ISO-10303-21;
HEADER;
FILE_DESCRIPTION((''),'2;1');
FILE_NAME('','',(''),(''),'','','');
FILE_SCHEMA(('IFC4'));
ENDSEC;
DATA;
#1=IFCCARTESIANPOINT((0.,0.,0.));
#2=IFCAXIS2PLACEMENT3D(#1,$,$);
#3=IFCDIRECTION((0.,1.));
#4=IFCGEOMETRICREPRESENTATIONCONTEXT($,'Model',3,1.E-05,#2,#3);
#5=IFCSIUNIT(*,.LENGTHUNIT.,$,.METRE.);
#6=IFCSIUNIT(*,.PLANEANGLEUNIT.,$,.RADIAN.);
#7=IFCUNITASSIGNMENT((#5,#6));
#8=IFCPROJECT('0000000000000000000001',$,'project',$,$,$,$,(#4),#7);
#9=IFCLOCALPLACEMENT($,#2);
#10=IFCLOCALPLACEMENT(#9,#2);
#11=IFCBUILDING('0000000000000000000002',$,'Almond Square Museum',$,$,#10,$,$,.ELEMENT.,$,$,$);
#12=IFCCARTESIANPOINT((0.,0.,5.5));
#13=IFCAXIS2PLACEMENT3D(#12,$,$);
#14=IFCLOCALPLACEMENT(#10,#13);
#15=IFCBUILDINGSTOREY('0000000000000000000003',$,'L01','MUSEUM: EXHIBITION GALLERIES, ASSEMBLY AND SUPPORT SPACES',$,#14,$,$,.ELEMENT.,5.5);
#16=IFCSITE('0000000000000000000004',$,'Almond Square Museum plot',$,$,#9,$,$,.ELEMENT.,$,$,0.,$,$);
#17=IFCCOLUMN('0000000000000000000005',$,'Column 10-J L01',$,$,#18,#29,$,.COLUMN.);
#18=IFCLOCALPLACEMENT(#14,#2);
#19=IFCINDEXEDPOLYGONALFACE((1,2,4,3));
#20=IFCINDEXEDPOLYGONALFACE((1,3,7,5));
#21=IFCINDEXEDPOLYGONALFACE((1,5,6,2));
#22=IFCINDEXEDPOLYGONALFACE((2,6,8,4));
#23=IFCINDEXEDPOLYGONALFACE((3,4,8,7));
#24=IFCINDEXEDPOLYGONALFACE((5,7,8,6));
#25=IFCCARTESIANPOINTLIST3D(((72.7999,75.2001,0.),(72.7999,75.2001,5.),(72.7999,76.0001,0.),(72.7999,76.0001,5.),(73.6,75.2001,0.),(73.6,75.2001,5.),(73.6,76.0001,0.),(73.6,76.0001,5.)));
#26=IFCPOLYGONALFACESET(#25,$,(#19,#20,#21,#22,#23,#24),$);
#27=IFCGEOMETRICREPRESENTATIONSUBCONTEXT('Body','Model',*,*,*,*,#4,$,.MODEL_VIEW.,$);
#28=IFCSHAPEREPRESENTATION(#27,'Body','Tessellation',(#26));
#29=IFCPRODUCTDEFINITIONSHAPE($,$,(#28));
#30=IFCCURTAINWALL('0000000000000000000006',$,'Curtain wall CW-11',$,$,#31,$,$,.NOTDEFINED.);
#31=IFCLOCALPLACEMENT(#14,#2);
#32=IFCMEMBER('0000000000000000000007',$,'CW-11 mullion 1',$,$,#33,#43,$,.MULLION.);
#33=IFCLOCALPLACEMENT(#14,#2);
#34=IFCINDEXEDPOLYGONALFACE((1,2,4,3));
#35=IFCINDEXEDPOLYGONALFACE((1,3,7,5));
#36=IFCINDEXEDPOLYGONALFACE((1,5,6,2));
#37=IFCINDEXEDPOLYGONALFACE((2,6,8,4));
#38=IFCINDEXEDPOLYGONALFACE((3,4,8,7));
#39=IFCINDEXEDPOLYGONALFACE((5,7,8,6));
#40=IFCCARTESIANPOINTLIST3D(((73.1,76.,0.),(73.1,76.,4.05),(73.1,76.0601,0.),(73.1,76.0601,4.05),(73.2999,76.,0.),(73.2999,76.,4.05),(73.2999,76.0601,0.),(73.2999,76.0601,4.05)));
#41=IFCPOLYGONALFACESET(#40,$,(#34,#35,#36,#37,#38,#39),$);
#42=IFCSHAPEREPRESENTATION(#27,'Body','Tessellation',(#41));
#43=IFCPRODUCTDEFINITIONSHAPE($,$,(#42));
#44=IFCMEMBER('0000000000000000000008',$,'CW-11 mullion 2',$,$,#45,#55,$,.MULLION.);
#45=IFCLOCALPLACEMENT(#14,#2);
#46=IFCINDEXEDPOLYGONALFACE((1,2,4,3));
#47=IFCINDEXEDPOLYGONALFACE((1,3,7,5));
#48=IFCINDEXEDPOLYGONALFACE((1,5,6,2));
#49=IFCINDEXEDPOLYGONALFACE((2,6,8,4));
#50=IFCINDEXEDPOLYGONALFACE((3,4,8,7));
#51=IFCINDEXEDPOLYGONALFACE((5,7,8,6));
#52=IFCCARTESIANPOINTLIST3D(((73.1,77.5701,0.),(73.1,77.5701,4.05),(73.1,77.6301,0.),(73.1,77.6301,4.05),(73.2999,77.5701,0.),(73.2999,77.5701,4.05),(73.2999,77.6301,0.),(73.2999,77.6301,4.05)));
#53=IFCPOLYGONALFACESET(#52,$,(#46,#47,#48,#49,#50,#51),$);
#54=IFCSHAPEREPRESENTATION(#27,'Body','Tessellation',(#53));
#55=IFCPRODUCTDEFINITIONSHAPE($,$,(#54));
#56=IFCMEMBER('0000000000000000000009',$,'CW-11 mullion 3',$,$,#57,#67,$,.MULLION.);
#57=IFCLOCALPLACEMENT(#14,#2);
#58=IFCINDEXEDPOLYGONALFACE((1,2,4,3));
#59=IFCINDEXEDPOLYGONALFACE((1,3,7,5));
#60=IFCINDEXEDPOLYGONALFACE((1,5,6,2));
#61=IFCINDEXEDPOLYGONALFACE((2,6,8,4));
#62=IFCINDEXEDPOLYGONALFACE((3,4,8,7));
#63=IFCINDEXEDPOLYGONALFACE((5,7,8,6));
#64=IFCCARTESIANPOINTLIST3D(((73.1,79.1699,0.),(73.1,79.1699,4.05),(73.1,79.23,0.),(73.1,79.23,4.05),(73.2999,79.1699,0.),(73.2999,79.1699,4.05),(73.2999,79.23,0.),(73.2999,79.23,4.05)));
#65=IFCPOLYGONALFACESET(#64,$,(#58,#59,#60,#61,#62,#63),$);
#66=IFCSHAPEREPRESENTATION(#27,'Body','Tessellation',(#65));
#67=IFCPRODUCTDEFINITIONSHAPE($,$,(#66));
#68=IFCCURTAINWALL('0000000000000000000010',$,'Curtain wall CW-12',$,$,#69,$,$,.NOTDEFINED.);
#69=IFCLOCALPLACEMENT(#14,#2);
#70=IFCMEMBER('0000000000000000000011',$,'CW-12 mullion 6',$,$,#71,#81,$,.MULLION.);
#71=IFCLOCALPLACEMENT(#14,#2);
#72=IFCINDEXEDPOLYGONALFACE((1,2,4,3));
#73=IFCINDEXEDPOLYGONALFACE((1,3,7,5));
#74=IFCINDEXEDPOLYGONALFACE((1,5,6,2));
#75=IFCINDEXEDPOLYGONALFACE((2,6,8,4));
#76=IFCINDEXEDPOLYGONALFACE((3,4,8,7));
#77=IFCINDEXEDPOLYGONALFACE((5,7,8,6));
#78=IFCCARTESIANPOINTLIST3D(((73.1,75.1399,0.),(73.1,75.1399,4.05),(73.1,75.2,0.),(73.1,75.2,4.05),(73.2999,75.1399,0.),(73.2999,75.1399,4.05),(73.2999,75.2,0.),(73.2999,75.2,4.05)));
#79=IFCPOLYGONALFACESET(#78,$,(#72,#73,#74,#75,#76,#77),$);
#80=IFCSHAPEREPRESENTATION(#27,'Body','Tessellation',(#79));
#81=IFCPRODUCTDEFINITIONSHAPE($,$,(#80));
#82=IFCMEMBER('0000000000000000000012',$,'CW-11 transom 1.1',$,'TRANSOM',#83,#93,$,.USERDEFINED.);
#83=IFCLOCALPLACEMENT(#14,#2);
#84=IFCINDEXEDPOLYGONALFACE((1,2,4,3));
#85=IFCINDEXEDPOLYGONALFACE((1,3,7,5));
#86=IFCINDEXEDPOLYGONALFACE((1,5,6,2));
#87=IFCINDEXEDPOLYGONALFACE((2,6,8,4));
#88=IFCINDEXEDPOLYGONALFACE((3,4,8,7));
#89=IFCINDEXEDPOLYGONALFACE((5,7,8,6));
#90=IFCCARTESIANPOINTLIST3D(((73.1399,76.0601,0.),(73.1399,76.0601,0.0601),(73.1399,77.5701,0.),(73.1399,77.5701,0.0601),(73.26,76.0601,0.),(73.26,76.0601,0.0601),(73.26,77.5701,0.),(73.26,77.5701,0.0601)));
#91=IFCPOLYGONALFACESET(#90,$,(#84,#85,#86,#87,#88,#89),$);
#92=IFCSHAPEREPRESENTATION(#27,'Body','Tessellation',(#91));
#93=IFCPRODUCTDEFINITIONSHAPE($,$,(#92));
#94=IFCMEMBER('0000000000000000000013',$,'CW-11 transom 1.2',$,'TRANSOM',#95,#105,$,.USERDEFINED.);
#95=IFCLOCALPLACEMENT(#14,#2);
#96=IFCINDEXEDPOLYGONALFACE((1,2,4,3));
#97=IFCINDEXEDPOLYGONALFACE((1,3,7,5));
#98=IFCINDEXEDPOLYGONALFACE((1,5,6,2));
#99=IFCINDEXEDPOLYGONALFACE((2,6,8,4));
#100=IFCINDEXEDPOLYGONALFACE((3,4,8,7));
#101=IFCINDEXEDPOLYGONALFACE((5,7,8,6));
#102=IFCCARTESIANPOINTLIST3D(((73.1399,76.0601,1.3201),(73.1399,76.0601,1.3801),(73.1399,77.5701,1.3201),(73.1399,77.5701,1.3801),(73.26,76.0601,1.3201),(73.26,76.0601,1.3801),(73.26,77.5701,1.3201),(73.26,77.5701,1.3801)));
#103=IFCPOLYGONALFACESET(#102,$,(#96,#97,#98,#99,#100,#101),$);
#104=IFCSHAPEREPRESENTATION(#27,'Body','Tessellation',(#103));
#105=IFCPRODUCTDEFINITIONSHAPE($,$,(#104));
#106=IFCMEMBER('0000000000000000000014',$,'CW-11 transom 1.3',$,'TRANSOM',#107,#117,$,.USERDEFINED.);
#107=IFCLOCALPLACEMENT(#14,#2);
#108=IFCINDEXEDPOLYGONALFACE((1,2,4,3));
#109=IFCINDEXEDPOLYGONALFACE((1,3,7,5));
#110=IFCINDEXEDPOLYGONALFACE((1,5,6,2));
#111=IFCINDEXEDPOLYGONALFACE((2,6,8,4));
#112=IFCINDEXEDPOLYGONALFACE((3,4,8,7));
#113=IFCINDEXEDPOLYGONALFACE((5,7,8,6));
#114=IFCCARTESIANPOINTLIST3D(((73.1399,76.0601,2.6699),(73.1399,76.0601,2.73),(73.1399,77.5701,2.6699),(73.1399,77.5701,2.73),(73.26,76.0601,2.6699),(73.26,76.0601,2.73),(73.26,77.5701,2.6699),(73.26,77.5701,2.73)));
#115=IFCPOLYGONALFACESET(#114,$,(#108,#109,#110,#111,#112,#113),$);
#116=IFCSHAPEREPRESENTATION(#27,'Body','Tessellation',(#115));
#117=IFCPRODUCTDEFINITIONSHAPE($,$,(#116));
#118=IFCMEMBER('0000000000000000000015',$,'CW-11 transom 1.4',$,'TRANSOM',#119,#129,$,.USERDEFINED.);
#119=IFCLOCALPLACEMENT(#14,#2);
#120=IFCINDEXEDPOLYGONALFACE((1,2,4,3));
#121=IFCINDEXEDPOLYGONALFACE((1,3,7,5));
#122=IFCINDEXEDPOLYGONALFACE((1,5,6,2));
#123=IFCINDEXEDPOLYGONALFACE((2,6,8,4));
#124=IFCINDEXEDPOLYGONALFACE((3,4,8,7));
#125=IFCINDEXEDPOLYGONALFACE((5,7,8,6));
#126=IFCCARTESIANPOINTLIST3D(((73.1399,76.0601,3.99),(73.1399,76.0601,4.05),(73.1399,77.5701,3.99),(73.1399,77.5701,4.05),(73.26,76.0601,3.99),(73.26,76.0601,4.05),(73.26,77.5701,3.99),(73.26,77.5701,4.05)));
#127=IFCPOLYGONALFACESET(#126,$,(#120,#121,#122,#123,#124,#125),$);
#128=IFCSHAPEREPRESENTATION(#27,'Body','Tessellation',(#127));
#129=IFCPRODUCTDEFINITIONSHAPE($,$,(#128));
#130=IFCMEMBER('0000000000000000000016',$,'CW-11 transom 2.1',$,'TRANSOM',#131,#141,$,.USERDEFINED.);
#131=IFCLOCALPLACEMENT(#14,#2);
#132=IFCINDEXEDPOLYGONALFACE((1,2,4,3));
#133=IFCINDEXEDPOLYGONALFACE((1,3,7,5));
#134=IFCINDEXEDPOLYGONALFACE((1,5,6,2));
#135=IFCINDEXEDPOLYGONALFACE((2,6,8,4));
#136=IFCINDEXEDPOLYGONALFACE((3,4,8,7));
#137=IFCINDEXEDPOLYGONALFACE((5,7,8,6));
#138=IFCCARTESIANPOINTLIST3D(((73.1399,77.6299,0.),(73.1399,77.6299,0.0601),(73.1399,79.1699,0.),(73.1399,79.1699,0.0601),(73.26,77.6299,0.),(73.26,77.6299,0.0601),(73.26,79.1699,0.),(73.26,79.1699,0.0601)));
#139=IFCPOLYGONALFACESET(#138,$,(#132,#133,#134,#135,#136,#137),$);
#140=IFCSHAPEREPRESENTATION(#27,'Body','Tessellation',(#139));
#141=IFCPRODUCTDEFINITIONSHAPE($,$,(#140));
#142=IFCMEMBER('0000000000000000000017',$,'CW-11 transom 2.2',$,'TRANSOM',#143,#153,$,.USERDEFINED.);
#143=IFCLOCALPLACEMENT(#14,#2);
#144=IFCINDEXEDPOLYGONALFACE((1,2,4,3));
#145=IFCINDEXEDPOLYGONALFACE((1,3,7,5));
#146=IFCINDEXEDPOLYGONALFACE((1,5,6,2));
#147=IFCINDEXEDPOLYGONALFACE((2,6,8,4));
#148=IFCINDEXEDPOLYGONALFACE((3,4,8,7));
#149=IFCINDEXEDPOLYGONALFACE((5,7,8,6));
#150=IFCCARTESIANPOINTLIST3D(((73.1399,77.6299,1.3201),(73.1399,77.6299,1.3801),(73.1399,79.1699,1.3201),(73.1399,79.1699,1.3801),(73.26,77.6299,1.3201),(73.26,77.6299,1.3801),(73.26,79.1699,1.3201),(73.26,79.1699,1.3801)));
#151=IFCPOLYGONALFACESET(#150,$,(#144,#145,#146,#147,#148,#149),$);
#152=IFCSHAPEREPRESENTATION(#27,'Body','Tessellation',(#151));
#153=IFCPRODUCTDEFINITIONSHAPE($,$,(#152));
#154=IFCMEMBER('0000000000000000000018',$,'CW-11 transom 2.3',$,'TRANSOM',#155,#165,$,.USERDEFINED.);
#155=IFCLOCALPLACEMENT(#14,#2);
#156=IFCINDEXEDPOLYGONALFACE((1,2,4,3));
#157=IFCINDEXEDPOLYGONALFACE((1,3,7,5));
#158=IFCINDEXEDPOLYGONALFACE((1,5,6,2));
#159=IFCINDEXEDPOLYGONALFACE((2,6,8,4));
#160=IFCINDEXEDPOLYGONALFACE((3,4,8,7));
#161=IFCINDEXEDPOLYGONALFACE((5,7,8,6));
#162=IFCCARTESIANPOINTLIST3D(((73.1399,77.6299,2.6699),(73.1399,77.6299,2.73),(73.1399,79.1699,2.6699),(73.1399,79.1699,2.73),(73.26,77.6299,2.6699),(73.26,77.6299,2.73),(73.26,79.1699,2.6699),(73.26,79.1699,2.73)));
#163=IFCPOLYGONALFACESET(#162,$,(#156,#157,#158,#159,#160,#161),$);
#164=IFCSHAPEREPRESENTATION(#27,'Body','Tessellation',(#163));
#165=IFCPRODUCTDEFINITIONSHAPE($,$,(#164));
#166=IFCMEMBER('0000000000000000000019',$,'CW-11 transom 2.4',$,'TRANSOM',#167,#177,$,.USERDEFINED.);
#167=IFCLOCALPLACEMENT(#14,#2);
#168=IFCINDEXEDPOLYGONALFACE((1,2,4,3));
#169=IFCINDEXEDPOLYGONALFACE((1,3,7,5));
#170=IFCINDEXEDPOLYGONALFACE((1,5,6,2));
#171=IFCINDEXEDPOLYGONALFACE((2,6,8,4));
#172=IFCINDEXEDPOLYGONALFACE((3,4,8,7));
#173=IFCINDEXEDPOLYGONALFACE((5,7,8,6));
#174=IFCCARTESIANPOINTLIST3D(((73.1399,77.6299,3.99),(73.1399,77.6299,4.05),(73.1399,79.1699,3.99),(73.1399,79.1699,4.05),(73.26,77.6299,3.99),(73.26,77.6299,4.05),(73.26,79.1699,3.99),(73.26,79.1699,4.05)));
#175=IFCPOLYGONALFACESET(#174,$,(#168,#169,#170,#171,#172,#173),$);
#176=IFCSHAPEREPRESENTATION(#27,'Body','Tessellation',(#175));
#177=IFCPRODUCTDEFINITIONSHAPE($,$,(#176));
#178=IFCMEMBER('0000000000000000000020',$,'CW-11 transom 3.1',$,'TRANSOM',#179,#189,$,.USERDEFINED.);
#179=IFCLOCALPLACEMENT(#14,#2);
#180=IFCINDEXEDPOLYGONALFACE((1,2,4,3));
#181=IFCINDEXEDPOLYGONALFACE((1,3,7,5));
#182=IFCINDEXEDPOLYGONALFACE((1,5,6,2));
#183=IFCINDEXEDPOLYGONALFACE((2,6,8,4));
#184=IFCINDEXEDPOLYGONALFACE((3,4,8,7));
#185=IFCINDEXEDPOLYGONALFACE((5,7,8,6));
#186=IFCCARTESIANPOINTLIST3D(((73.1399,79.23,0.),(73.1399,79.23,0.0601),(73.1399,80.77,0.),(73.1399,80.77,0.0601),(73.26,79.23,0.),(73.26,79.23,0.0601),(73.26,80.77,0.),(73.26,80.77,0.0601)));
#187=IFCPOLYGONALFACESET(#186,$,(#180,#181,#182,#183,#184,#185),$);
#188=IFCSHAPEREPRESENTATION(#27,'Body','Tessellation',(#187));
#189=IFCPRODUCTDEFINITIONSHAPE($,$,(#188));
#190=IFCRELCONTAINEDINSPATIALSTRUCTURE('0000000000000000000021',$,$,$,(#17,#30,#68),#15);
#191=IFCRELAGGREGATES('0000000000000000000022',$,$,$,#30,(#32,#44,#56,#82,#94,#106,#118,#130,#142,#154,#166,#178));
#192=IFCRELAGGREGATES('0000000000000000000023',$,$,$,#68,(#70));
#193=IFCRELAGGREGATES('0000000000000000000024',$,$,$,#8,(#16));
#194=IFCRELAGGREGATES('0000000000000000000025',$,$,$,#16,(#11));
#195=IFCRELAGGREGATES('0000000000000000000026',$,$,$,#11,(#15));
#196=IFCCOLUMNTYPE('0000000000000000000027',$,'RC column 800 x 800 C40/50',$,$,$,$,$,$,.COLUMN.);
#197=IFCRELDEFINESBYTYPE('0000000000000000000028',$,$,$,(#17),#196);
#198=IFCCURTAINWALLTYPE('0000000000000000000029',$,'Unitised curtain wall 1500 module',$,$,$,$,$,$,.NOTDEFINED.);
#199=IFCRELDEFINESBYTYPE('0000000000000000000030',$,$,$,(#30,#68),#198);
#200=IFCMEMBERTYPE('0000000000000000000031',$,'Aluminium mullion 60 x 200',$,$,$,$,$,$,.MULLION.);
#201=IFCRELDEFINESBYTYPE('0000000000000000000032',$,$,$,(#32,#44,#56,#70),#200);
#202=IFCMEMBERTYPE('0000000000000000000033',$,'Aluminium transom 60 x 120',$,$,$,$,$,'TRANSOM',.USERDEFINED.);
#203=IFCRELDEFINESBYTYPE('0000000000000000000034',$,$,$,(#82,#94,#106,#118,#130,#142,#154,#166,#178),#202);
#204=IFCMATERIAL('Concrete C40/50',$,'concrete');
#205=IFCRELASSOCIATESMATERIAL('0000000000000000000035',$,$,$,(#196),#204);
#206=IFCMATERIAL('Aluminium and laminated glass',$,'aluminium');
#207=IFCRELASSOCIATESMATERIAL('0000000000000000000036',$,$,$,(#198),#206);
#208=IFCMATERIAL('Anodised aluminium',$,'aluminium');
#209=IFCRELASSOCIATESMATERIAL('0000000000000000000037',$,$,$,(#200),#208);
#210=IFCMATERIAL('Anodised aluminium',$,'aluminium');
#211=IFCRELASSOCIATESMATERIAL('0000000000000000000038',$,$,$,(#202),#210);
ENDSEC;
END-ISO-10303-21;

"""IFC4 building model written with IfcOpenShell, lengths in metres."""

from ifc_helpers import new_model, si_unit, direction, frame, origin, origin_2d, place, context, subcontext, project, spatial, rectangle, extrude, material, material_profile, profile_set, type_object, element, aggregate, save


model = new_model("IFC4")

# Units and contexts
model_context = context("Model", 3, precision=1e-05, world=origin(), true_north=direction((0.0, 1.0)))
body_context = subcontext(model_context, "Body", "Model", "MODEL_VIEW")
ifc_project = project(units=[si_unit("LENGTHUNIT", "METRE"), si_unit("PLANEANGLEUNIT", "RADIAN")], contexts=[model_context])

# Site, building, storey
site_placement = place(None, origin())
site = spatial("IfcSite", under=ifc_project, at=site_placement, Name="Almond Square Museum plot", CompositionType="ELEMENT", RefElevation=0.0)
building_placement = place(site_placement, origin())
building = spatial("IfcBuilding", under=site, at=building_placement, Name="Almond Square Museum", CompositionType="ELEMENT")
storey_placement = place(building_placement, frame((0.0, 0.0, 5.5)))
storey = spatial("IfcBuildingStorey", under=building, at=storey_placement, Name="L01", Description="MUSEUM: EXHIBITION GALLERIES, ASSEMBLY AND SUPPORT SPACES", CompositionType="ELEMENT", Elevation=5.5)

# Column
ifc_material_1 = material(Name="Concrete C40/50", Category="concrete")
ifc_material_profile_1 = material_profile(ifc_material_1, rectangle(XDim=0.8, YDim=0.8, at=origin_2d()))
ifc_profile_set_1 = profile_set([ifc_material_profile_1], Name="Concrete C40/50")
column_type = type_object("IfcColumnType", Name="RC column 800 x 800 C40/50", PredefinedType="COLUMN", material=ifc_profile_set_1)
column_placement = place(storey_placement, frame((73.2, 75.6001, 0.0), z_axis=(0.0, 0.0, 1.0), x_axis=(1.0, 0.0, 0.0)))
element("IfcColumn", 1, at=column_placement, inside=storey, type_object=column_type, Name="Column 10-J L01", PredefinedType="COLUMN", context=body_context, shape_type="SweptSolid", body=[
    extrude(rectangle(XDim=0.8, YDim=0.8, at=origin_2d()), origin(), (0.0, 0.0, 1.0), 5.0),
])

# Curtain wall, members
ifc_material_2 = material(Name="Aluminium and laminated glass", Category="aluminium")
curtain_wall_type = type_object("IfcCurtainWallType", Name="Unitised curtain wall 1500 module", PredefinedType="NOTDEFINED", material=ifc_material_2)
curtain_wall_1_placement = place(storey_placement, origin())
curtain_wall_1 = element("IfcCurtainWall", 2, at=curtain_wall_1_placement, inside=storey, type_object=curtain_wall_type, Name="Curtain wall CW-11", PredefinedType="NOTDEFINED")
ifc_material_3 = material(Name="Anodised aluminium", Category="aluminium")
ifc_material_profile_2 = material_profile(ifc_material_3, rectangle(XDim=0.2, YDim=0.0601, at=origin_2d()))
ifc_profile_set_2 = profile_set([ifc_material_profile_2], Name="Anodised aluminium")
member_type_1 = type_object("IfcMemberType", Name="Aluminium mullion 60 x 200", PredefinedType="MULLION", material=ifc_profile_set_2)
member_1_placement = place(storey_placement, frame((73.2, 76.03, 0.0), z_axis=(0.0, 0.0, 1.0), x_axis=(-1.0, 0.0, 0.0)))
member_1 = element("IfcMember", 3, at=member_1_placement, type_object=member_type_1, Name="CW-11 mullion 1", PredefinedType="MULLION", context=body_context, shape_type="SweptSolid", body=[
    extrude(rectangle(XDim=0.2, YDim=0.0601, at=origin_2d()), origin(), (0.0, 0.0, 1.0), 4.05),
])
member_2_placement = place(storey_placement, frame((73.2, 77.6001, 0.0), z_axis=(0.0, 0.0, 1.0), x_axis=(-1.0, 0.0, 0.0)))
member_2 = element("IfcMember", 4, at=member_2_placement, type_object=member_type_1, Name="CW-11 mullion 2", PredefinedType="MULLION", context=body_context, shape_type="SweptSolid", body=[
    extrude(rectangle(XDim=0.2, YDim=0.0601, at=origin_2d()), origin(), (0.0, 0.0, 1.0), 4.05),
])
member_3_placement = place(storey_placement, frame((73.2, 79.2, 0.0), z_axis=(0.0, 0.0, 1.0), x_axis=(-1.0, 0.0, 0.0)))
member_3 = element("IfcMember", 5, at=member_3_placement, type_object=member_type_1, Name="CW-11 mullion 3", PredefinedType="MULLION", context=body_context, shape_type="SweptSolid", body=[
    extrude(rectangle(XDim=0.2, YDim=0.0601, at=origin_2d()), origin(), (0.0, 0.0, 1.0), 4.05),
])

# Curtain wall, member
curtain_wall_2_placement = place(storey_placement, origin())
curtain_wall_2 = element("IfcCurtainWall", 6, at=curtain_wall_2_placement, inside=storey, type_object=curtain_wall_type, Name="Curtain wall CW-12", PredefinedType="NOTDEFINED")
member_4_placement = place(storey_placement, frame((73.2, 75.1699, 0.0), z_axis=(0.0, 0.0, 1.0), x_axis=(-1.0, 0.0, 0.0)))
member_4 = element("IfcMember", 7, at=member_4_placement, type_object=member_type_1, Name="CW-12 mullion 6", PredefinedType="MULLION", context=body_context, shape_type="SweptSolid", body=[
    extrude(rectangle(XDim=0.2, YDim=0.0601, at=origin_2d()), origin(), (0.0, 0.0, 1.0), 4.05),
])

# Members
ifc_material_4 = material(Name="Anodised aluminium", Category="aluminium")
ifc_material_profile_3 = material_profile(ifc_material_4, rectangle(XDim=0.1201, YDim=0.0601, at=origin_2d()))
ifc_profile_set_3 = profile_set([ifc_material_profile_3], Name="Anodised aluminium")
member_type_2 = type_object("IfcMemberType", Name="Aluminium transom 60 x 120", ElementType="TRANSOM", PredefinedType="USERDEFINED", material=ifc_profile_set_3)
member_5_placement = place(storey_placement, frame((73.2, 76.0601, 0.03), z_axis=(0.0, 1.0, 0.0), x_axis=(-1.0, 0.0, 0.0)))
member_5 = element("IfcMember", 8, at=member_5_placement, type_object=member_type_2, Name="CW-11 transom 1.1", ObjectType="TRANSOM", PredefinedType="USERDEFINED", context=body_context, shape_type="SweptSolid", body=[
    extrude(rectangle(XDim=0.1201, YDim=0.0601, at=origin_2d()), origin(), (0.0, 0.0, 1.0), 1.51),
])
member_6_placement = place(storey_placement, frame((73.2, 76.0601, 1.3501), z_axis=(0.0, 1.0, 0.0), x_axis=(-1.0, 0.0, 0.0)))
member_6 = element("IfcMember", 9, at=member_6_placement, type_object=member_type_2, Name="CW-11 transom 1.2", ObjectType="TRANSOM", PredefinedType="USERDEFINED", context=body_context, shape_type="SweptSolid", body=[
    extrude(rectangle(XDim=0.1201, YDim=0.0601, at=origin_2d()), origin(), (0.0, 0.0, 1.0), 1.51),
])
member_7_placement = place(storey_placement, frame((73.2, 76.0601, 2.7), z_axis=(0.0, 1.0, 0.0), x_axis=(-1.0, 0.0, 0.0)))
member_7 = element("IfcMember", 10, at=member_7_placement, type_object=member_type_2, Name="CW-11 transom 1.3", ObjectType="TRANSOM", PredefinedType="USERDEFINED", context=body_context, shape_type="SweptSolid", body=[
    extrude(rectangle(XDim=0.1201, YDim=0.0601, at=origin_2d()), origin(), (0.0, 0.0, 1.0), 1.51),
])
member_8_placement = place(storey_placement, frame((73.2, 76.0601, 4.02), z_axis=(0.0, 1.0, 0.0), x_axis=(-1.0, 0.0, 0.0)))
member_8 = element("IfcMember", 11, at=member_8_placement, type_object=member_type_2, Name="CW-11 transom 1.4", ObjectType="TRANSOM", PredefinedType="USERDEFINED", context=body_context, shape_type="SweptSolid", body=[
    extrude(rectangle(XDim=0.1201, YDim=0.0601, at=origin_2d()), origin(), (0.0, 0.0, 1.0), 1.51),
])
member_9_placement = place(storey_placement, frame((73.2, 77.6299, 0.03), z_axis=(0.0, 1.0, 0.0), x_axis=(-1.0, 0.0, 0.0)))
member_9 = element("IfcMember", 12, at=member_9_placement, type_object=member_type_2, Name="CW-11 transom 2.1", ObjectType="TRANSOM", PredefinedType="USERDEFINED", context=body_context, shape_type="SweptSolid", body=[
    extrude(rectangle(XDim=0.1201, YDim=0.0601, at=origin_2d()), origin(), (0.0, 0.0, 1.0), 1.54),
])
member_10_placement = place(storey_placement, frame((73.2, 77.6299, 1.3501), z_axis=(0.0, 1.0, 0.0), x_axis=(-1.0, 0.0, 0.0)))
member_10 = element("IfcMember", 13, at=member_10_placement, type_object=member_type_2, Name="CW-11 transom 2.2", ObjectType="TRANSOM", PredefinedType="USERDEFINED", context=body_context, shape_type="SweptSolid", body=[
    extrude(rectangle(XDim=0.1201, YDim=0.0601, at=origin_2d()), origin(), (0.0, 0.0, 1.0), 1.54),
])
member_11_placement = place(storey_placement, frame((73.2, 77.6299, 2.7), z_axis=(0.0, 1.0, 0.0), x_axis=(-1.0, 0.0, 0.0)))
member_11 = element("IfcMember", 14, at=member_11_placement, type_object=member_type_2, Name="CW-11 transom 2.3", ObjectType="TRANSOM", PredefinedType="USERDEFINED", context=body_context, shape_type="SweptSolid", body=[
    extrude(rectangle(XDim=0.1201, YDim=0.0601, at=origin_2d()), origin(), (0.0, 0.0, 1.0), 1.54),
])
member_12_placement = place(storey_placement, frame((73.2, 77.6299, 4.02), z_axis=(0.0, 1.0, 0.0), x_axis=(-1.0, 0.0, 0.0)))
member_12 = element("IfcMember", 15, at=member_12_placement, type_object=member_type_2, Name="CW-11 transom 2.4", ObjectType="TRANSOM", PredefinedType="USERDEFINED", context=body_context, shape_type="SweptSolid", body=[
    extrude(rectangle(XDim=0.1201, YDim=0.0601, at=origin_2d()), origin(), (0.0, 0.0, 1.0), 1.54),
])
member_13_placement = place(storey_placement, frame((73.2, 79.23, 0.03), z_axis=(0.0, 1.0, 0.0), x_axis=(-1.0, 0.0, 0.0)))
member_13 = element("IfcMember", 16, at=member_13_placement, type_object=member_type_2, Name="CW-11 transom 3.1", ObjectType="TRANSOM", PredefinedType="USERDEFINED", context=body_context, shape_type="SweptSolid", body=[
    extrude(rectangle(XDim=0.1201, YDim=0.0601, at=origin_2d()), origin(), (0.0, 0.0, 1.0), 1.54),
])

aggregate(curtain_wall_1, [member_1, member_2, member_3, member_5, member_6, member_7, member_8, member_9, member_10, member_11, member_12, member_13])
aggregate(curtain_wall_2, [member_4])

save(model, "model.ifc")
